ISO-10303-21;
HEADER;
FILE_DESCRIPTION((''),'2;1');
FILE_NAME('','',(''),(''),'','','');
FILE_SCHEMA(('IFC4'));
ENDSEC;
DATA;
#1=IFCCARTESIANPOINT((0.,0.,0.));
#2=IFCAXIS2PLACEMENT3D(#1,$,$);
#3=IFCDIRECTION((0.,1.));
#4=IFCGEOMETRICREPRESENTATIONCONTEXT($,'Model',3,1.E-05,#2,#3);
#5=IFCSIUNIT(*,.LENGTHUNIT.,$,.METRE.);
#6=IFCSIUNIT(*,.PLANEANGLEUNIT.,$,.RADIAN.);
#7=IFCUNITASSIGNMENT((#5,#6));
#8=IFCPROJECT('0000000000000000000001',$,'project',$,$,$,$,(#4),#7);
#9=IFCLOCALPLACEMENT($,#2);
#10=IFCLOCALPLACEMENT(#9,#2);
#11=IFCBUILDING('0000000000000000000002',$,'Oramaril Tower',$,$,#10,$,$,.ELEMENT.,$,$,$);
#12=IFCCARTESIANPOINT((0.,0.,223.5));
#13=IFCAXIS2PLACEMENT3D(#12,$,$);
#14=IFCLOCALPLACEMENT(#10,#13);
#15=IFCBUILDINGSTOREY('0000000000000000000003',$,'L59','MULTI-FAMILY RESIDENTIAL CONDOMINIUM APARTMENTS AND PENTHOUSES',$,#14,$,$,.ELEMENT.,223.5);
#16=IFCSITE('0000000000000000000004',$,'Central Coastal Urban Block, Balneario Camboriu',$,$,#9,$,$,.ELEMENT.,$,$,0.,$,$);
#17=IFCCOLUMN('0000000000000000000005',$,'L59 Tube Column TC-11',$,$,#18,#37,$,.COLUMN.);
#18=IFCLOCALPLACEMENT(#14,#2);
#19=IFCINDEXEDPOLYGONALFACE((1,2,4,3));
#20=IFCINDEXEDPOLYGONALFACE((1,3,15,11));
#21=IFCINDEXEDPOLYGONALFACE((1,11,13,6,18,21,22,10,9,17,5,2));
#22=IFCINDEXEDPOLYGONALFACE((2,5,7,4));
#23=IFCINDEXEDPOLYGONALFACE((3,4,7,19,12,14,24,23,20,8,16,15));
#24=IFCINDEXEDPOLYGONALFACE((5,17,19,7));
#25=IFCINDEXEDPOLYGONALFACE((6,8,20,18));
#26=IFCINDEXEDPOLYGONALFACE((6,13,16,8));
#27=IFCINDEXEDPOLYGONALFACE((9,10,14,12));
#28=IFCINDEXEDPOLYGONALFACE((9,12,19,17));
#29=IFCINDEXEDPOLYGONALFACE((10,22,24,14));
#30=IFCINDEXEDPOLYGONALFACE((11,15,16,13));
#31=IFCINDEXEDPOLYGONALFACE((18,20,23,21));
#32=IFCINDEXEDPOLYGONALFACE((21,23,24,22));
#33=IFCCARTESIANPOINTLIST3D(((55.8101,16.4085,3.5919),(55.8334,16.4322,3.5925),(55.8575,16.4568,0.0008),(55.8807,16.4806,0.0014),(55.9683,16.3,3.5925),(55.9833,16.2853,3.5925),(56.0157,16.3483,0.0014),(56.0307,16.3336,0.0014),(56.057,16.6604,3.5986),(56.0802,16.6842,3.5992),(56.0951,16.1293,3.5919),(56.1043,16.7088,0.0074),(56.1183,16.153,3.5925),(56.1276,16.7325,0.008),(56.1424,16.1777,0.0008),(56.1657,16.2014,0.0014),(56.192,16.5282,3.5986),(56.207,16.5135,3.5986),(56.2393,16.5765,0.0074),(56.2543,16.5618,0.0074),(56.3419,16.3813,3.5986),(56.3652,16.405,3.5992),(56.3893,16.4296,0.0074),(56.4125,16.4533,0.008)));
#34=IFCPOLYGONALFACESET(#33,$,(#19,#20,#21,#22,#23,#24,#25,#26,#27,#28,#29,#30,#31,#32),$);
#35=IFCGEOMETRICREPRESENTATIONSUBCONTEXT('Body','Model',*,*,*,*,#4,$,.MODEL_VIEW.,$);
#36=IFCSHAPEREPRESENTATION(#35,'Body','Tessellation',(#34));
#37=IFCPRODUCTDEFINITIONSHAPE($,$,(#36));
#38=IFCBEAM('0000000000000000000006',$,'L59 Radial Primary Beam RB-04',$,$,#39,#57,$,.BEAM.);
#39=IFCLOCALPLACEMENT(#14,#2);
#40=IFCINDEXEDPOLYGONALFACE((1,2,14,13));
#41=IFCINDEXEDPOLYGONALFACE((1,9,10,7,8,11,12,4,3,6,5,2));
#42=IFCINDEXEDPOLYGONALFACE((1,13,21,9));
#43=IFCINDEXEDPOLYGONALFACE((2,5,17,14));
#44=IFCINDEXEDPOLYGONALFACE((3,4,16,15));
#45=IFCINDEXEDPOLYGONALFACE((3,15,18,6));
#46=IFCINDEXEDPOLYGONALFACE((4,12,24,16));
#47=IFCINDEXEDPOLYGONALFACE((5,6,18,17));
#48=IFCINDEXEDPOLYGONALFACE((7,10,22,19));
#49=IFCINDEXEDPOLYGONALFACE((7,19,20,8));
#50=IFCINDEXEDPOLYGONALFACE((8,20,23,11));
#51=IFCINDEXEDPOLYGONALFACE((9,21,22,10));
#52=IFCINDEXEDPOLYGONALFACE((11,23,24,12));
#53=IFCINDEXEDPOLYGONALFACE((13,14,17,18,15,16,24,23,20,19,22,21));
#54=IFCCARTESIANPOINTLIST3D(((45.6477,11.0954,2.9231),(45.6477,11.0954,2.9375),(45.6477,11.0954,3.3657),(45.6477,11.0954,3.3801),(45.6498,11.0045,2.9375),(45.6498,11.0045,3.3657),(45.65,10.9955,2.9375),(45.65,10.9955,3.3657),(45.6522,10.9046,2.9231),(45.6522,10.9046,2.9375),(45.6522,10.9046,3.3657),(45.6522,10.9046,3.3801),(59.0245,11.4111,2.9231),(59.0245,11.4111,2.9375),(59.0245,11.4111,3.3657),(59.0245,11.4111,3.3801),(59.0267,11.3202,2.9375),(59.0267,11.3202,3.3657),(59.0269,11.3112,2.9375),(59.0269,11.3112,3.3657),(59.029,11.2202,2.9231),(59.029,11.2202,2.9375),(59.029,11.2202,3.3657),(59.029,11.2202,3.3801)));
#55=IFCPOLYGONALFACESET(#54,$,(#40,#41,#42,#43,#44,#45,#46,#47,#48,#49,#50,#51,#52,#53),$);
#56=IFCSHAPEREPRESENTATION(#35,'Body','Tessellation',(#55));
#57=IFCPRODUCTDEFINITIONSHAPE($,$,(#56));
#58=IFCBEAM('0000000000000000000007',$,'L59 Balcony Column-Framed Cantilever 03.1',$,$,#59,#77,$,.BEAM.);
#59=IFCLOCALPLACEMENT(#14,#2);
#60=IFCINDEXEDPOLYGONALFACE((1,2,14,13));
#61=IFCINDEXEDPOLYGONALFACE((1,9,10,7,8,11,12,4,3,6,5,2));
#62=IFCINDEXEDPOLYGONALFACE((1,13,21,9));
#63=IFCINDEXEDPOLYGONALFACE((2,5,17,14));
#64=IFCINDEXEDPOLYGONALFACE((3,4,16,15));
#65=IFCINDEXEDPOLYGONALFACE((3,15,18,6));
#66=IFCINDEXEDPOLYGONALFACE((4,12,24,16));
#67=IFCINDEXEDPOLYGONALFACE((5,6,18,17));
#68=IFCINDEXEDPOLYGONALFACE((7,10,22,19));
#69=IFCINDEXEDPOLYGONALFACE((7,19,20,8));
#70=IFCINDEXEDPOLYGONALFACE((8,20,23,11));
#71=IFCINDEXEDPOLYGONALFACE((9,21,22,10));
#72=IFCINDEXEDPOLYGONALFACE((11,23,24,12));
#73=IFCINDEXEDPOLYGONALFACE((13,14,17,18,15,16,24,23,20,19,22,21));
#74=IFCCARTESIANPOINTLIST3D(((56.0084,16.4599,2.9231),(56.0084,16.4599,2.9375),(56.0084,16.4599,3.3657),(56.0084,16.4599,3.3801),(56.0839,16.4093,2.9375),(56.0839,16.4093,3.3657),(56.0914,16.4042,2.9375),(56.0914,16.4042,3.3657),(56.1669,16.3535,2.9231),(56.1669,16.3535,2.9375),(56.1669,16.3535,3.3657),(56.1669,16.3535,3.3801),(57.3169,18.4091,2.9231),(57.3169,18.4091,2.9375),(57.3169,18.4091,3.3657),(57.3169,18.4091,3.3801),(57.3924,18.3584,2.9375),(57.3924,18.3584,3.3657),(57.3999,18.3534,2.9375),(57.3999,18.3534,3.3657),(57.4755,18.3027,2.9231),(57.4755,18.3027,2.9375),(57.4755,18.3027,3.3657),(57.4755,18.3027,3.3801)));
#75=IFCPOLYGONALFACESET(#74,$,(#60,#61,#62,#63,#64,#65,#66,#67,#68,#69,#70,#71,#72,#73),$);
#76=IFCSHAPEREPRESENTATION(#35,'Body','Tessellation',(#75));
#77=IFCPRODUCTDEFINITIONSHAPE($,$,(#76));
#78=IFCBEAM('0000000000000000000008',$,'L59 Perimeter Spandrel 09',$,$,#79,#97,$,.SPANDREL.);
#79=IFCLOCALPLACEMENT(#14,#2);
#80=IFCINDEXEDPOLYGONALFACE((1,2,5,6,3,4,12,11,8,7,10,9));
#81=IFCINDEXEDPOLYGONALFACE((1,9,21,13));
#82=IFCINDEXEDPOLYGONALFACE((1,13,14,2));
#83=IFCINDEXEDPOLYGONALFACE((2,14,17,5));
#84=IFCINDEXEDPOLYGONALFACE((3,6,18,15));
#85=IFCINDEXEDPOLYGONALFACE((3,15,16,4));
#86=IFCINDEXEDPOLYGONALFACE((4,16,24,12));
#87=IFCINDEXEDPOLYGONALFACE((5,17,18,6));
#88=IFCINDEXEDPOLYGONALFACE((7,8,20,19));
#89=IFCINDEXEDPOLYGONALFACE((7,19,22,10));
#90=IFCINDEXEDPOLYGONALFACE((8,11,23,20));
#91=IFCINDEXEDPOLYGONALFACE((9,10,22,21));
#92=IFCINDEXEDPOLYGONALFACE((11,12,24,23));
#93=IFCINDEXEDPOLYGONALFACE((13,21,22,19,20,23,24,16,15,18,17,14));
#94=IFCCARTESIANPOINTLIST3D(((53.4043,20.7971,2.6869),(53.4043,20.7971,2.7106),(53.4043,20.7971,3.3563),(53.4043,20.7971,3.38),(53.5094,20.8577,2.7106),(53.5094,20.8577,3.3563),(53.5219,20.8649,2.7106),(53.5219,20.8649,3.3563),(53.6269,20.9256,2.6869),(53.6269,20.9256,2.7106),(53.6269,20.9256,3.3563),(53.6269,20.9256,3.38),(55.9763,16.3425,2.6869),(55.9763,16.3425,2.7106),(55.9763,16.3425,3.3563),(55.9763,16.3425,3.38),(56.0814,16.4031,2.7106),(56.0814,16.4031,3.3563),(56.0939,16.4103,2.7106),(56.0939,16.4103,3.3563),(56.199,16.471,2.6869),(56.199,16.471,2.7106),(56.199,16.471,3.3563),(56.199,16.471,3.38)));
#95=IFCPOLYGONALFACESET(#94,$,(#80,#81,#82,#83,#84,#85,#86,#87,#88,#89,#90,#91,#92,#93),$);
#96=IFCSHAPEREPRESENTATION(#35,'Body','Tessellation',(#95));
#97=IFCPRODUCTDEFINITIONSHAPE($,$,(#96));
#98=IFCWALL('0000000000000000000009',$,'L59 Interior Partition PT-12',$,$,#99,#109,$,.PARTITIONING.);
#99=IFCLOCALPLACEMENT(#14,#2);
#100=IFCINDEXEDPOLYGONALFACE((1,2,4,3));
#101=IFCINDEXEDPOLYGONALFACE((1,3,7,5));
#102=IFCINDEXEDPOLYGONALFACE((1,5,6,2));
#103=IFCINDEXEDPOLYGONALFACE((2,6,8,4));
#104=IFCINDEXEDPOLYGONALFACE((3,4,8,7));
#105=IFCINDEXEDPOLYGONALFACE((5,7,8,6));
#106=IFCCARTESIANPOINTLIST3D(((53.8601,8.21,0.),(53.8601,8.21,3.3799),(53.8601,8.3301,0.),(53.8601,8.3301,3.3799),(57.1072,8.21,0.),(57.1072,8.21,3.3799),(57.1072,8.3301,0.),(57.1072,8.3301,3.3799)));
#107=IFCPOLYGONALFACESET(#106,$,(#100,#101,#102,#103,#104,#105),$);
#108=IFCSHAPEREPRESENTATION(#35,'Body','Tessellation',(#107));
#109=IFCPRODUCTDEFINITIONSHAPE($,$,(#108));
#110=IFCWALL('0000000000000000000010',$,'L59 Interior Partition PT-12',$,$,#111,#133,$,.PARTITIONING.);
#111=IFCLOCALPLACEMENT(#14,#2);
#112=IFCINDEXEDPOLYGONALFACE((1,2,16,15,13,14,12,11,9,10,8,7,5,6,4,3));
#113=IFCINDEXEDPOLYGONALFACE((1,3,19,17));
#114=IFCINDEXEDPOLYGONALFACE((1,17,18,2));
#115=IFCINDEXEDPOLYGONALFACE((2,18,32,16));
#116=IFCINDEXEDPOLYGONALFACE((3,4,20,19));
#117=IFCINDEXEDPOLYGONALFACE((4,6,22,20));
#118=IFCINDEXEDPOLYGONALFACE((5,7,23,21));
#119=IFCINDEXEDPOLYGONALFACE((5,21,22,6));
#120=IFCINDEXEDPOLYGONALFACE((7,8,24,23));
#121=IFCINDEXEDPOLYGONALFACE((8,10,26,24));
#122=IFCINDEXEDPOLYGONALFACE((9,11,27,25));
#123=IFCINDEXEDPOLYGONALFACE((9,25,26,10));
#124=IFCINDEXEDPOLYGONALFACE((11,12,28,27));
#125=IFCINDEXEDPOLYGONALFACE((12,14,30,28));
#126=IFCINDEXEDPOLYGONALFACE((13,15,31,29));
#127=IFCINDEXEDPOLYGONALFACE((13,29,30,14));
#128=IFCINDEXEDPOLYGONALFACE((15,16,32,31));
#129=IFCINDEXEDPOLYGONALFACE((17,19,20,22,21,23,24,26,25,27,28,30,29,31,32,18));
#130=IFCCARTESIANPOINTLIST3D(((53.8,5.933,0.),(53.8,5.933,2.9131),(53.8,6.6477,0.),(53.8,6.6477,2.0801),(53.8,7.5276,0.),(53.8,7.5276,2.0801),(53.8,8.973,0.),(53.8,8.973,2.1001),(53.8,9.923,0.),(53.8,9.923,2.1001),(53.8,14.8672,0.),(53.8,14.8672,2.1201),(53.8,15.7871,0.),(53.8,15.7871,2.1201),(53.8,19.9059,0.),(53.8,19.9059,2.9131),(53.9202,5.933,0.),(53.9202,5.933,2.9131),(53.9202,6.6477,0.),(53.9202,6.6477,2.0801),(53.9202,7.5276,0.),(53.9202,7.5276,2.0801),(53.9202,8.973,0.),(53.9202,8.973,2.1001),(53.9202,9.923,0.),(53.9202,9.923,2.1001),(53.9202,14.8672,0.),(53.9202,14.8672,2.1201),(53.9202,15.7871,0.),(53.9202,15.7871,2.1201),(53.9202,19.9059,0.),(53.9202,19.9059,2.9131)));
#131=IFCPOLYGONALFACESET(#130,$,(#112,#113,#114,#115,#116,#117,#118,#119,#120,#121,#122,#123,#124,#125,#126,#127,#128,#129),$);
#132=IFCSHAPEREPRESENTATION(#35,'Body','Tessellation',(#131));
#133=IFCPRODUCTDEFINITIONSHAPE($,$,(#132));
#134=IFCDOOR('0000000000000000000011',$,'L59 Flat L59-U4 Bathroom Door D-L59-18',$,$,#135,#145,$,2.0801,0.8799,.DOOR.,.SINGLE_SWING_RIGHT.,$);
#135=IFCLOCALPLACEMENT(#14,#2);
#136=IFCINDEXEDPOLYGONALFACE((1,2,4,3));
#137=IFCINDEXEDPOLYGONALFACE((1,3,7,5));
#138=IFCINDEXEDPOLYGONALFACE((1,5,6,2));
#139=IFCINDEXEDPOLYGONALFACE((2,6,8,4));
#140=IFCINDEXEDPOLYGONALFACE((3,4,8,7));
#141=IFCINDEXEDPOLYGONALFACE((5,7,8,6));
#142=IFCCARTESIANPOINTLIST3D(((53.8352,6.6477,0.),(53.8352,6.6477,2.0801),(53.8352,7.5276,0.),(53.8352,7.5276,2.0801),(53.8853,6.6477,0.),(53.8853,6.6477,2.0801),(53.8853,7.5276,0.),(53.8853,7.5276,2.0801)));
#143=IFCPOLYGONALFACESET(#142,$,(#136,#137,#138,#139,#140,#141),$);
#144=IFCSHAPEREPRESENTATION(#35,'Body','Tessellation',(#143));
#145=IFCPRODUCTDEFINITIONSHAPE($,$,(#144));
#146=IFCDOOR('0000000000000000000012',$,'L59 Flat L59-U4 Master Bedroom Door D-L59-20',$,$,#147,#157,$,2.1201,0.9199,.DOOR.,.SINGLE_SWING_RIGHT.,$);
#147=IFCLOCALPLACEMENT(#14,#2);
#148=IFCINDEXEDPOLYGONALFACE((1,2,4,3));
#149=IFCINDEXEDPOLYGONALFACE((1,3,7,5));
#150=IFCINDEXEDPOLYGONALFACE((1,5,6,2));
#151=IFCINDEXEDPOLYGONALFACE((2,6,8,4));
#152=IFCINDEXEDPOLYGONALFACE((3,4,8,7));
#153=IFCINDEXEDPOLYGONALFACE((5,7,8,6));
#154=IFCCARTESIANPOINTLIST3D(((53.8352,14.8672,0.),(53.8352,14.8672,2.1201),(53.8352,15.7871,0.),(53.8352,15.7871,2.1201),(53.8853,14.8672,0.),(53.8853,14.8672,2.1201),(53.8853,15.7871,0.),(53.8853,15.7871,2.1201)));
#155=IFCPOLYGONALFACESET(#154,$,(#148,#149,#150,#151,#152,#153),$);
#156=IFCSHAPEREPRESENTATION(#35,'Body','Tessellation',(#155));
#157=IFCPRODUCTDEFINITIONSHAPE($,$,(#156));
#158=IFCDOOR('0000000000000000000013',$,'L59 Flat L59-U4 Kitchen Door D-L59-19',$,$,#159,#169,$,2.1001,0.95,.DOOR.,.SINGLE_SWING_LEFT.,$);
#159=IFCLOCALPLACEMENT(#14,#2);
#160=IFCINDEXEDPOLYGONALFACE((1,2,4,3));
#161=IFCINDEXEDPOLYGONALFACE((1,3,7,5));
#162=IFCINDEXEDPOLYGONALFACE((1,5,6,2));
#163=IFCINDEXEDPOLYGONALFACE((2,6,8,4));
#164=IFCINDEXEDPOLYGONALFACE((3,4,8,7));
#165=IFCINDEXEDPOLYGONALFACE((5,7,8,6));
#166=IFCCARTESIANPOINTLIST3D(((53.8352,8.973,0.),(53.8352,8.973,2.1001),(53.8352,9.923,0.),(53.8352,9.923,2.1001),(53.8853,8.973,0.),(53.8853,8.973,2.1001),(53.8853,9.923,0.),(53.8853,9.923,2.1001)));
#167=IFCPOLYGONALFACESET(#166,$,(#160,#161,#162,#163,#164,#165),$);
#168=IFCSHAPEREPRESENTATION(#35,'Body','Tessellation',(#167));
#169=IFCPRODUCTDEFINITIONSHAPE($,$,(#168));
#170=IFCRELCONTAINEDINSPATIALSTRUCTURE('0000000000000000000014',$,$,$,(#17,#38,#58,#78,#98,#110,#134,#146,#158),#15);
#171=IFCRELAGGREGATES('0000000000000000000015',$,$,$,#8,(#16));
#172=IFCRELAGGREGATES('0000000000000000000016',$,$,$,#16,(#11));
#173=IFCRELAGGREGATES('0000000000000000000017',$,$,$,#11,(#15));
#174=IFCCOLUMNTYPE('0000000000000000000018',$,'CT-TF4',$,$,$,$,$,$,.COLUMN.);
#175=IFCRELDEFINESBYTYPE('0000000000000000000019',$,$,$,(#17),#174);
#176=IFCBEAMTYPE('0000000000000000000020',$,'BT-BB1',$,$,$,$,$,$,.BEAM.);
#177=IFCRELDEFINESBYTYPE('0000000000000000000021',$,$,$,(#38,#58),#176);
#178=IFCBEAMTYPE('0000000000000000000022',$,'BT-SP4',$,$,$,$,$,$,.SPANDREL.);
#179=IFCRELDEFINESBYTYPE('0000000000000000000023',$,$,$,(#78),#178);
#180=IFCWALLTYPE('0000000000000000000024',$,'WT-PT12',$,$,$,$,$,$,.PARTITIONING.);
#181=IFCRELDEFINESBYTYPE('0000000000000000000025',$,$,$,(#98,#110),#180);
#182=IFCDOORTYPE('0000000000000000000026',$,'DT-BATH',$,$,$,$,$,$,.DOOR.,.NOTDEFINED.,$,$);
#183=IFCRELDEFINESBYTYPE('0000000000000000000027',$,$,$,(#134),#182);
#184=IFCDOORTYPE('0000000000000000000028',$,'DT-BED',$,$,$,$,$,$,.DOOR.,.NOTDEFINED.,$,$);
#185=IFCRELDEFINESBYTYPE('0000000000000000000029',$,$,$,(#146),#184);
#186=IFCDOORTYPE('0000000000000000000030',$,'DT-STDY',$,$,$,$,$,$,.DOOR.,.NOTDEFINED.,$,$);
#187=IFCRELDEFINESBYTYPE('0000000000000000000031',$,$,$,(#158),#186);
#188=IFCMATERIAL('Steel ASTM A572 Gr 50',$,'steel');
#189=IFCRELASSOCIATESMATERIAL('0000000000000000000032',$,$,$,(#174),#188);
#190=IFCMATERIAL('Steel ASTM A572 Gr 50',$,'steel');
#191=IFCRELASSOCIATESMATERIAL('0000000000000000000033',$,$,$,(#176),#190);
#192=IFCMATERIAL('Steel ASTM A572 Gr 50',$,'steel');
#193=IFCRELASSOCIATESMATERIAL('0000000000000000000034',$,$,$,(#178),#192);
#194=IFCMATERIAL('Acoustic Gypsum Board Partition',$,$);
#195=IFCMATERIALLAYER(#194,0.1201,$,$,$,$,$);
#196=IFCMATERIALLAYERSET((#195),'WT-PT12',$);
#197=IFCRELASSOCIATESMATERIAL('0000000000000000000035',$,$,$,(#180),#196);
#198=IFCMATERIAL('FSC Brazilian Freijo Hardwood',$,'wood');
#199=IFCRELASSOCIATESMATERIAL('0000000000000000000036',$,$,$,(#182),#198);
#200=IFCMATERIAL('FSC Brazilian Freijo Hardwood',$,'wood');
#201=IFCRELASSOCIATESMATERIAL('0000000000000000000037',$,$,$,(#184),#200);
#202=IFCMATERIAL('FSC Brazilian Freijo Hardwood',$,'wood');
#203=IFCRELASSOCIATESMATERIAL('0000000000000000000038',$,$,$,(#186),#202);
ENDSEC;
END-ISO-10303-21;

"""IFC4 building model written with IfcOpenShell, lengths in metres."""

from ifc_helpers import new_model, si_unit, direction, frame, frame_2d, origin, origin_2d, place, context, subcontext, project, spatial, rectangle, i_section, extrude, material, layer, layer_set, material_profile, profile_set, type_object, element, fill, save


model = new_model("IFC4")

# Units and contexts
model_context = context("Model", 3, precision=1e-05, world=origin(), true_north=direction((0.0, 1.0)))
body_context = subcontext(model_context, "Body", "Model", "MODEL_VIEW")
ifc_project = project(units=[si_unit("LENGTHUNIT", "METRE"), si_unit("PLANEANGLEUNIT", "RADIAN")], contexts=[model_context])

# Site, building, storey
site_placement = place(None, origin())
site = spatial("IfcSite", under=ifc_project, at=site_placement, Name="Central Coastal Urban Block, Balneario Camboriu", CompositionType="ELEMENT", RefElevation=0.0)
building_placement = place(site_placement, origin())
building = spatial("IfcBuilding", under=site, at=building_placement, Name="Oramaril Tower", CompositionType="ELEMENT")
storey_placement = place(building_placement, frame((0.0, 0.0, 223.5)))
storey = spatial("IfcBuildingStorey", under=building, at=storey_placement, Name="L59", Description="MULTI-FAMILY RESIDENTIAL CONDOMINIUM APARTMENTS AND PENTHOUSES", CompositionType="ELEMENT", Elevation=223.5)

# Column
ifc_material_1 = material(Name="Steel ASTM A572 Gr 50", Category="steel")
ifc_material_profile_1 = material_profile(ifc_material_1, i_section(OverallWidth=0.3989, OverallDepth=0.386, WebThickness=0.021, FlangeThickness=0.0332, at=origin_2d()), Name="W14X176")
ifc_profile_set_1 = profile_set([ifc_material_profile_1], Name="Steel ASTM A572 Gr 50")
column_type = type_object("IfcColumnType", Name="CT-TF4", PredefinedType="COLUMN", material=ifc_profile_set_1)
column_placement = place(storey_placement, frame((56.135, 16.4551, 0.0044), z_axis=(-0.013187, -0.013459, 0.999822), x_axis=(0.714285, -0.699855, 0.0)))
element("IfcColumn", 1, at=column_placement, inside=storey, type_object=column_type, Name="L59 Tube Column TC-11", PredefinedType="COLUMN", context=body_context, shape_type="SweptSolid", body=[
    extrude(i_section(OverallWidth=0.3989, OverallDepth=0.386, WebThickness=0.021, FlangeThickness=0.0332, at=origin_2d()), origin(), (0.0, 0.0, 1.0), 3.5918),
])

# Beams
ifc_material_2 = material(Name="Steel ASTM A572 Gr 50", Category="steel")
ifc_material_profile_2 = material_profile(ifc_material_2, i_section(OverallWidth=0.1909, OverallDepth=0.457, WebThickness=0.009, FlangeThickness=0.0144, at=origin_2d()), Name="W18X50")
ifc_profile_set_2 = profile_set([ifc_material_profile_2], Name="Steel ASTM A572 Gr 50")
beam_type_1 = type_object("IfcBeamType", Name="BT-BB1", PredefinedType="BEAM", material=ifc_profile_set_2)
beam_1_placement = place(storey_placement, frame((45.6499, 11.0, 3.1516), z_axis=(0.999722, 0.023592, 0.0), x_axis=(-0.023592, 0.999722, 0.0)))
element("IfcBeam", 2, at=beam_1_placement, inside=storey, type_object=beam_type_1, Name="L59 Radial Primary Beam RB-04", PredefinedType="BEAM", context=body_context, shape_type="SweptSolid", body=[
    extrude(i_section(OverallWidth=0.1909, OverallDepth=0.457, WebThickness=0.009, FlangeThickness=0.0144, at=origin_2d()), origin(), (0.0, 0.0, 1.0), 13.3806),
])
beam_2_placement = place(storey_placement, frame((56.0876, 16.4067, 3.1516), z_axis=(0.557385, 0.830254, 0.0), x_axis=(-0.830254, 0.557385, 0.0)))
element("IfcBeam", 3, at=beam_2_placement, inside=storey, type_object=beam_type_1, Name="L59 Balcony Column-Framed Cantilever 03.1", PredefinedType="BEAM", context=body_context, shape_type="SweptSolid", body=[
    extrude(i_section(OverallWidth=0.1909, OverallDepth=0.457, WebThickness=0.009, FlangeThickness=0.0144, at=origin_2d()), origin(), (0.0, 0.0, 1.0), 2.3477),
])
ifc_material_3 = material(Name="Steel ASTM A572 Gr 50", Category="steel")
ifc_material_profile_3 = material_profile(ifc_material_3, i_section(OverallWidth=0.2571, OverallDepth=0.6931, WebThickness=0.0144, FlangeThickness=0.0237, at=origin_2d()), Name="W27X114")
ifc_profile_set_3 = profile_set([ifc_material_profile_3], Name="Steel ASTM A572 Gr 50")
beam_type_2 = type_object("IfcBeamType", Name="BT-SP4", PredefinedType="SPANDREL", material=ifc_profile_set_3)
beam_3_placement = place(storey_placement, frame((56.0876, 16.4067, 3.0334), z_axis=(-0.500024, 0.866012, 0.0), x_axis=(-0.866012, -0.500024, 0.0)))
element("IfcBeam", 4, at=beam_3_placement, inside=storey, type_object=beam_type_2, Name="L59 Perimeter Spandrel 09", PredefinedType="SPANDREL", context=body_context, shape_type="SweptSolid", body=[
    extrude(i_section(OverallWidth=0.2571, OverallDepth=0.6931, WebThickness=0.0144, FlangeThickness=0.0237, at=origin_2d()), origin(), (0.0, 0.0, 1.0), 5.1438),
])

# Wall
ifc_material_4 = material(Name="Acoustic Gypsum Board Partition")
ifc_layer_1 = layer(ifc_material_4, 0.1201)
ifc_layer_set_1 = layer_set([ifc_layer_1], Name="WT-PT12")
wall_type_1 = type_object("IfcWallType", Name="WT-PT12", PredefinedType="PARTITIONING", material=ifc_layer_set_1)
wall_1_placement = place(storey_placement, frame((53.8601, 8.27, 0.0), z_axis=(0.0, 0.0, 1.0), x_axis=(1.0, 0.0, 0.0)))
element("IfcWall", 5, at=wall_1_placement, inside=storey, type_object=wall_type_1, Name="L59 Interior Partition PT-12", PredefinedType="PARTITIONING", context=body_context, shape_type="SweptSolid", body=[
    extrude(rectangle(XDim=3.2471, YDim=0.1201, at=frame_2d((1.6235, 0.0))), origin(), (0.0, 0.0, 1.0), 3.3799),
])

# Wall, openings, doors
wall_2_placement = place(storey_placement, frame((53.8601, 5.9331, 0.0), z_axis=(0.0, 0.0, 1.0), x_axis=(0.0, 1.0, 0.0)))
wall_2 = element("IfcWall", 6, at=wall_2_placement, inside=storey, type_object=wall_type_1, Name="L59 Interior Partition PT-12", PredefinedType="PARTITIONING", context=body_context, shape_type="SweptSolid", body=[
    extrude(rectangle(XDim=13.9729, YDim=0.1201, at=frame_2d((6.9863, 0.0))), origin(), (0.0, 0.0, 1.0), 2.9131),
])
opening_1_placement = place(wall_2_placement, frame((0.7146, 0.0, 0.0)))
opening_1 = element("IfcOpeningElement", 7, at=opening_1_placement, cuts=wall_2, PredefinedType="OPENING", context=body_context, shape_type="SweptSolid", body=[
    extrude(rectangle(XDim=0.8799, YDim=2.0801, at=frame_2d((0.4399, 1.04))), frame((0.0, 0.0601, 0.0), z_axis=(0.0, -1.0, 0.0), x_axis=(1.0, 0.0, 0.0)), (0.0, 0.0, 1.0), 0.1201),
])
opening_2_placement = place(wall_2_placement, frame((3.0398, 0.0, 0.0)))
opening_2 = element("IfcOpeningElement", 8, at=opening_2_placement, cuts=wall_2, PredefinedType="OPENING", context=body_context, shape_type="SweptSolid", body=[
    extrude(rectangle(XDim=0.95, YDim=2.1001, at=frame_2d((0.4751, 1.05))), frame((0.0, 0.0601, 0.0), z_axis=(0.0, -1.0, 0.0), x_axis=(1.0, 0.0, 0.0)), (0.0, 0.0, 1.0), 0.1201),
])
opening_3_placement = place(wall_2_placement, frame((8.9341, 0.0, 0.0)))
opening_3 = element("IfcOpeningElement", 9, at=opening_3_placement, cuts=wall_2, PredefinedType="OPENING", context=body_context, shape_type="SweptSolid", body=[
    extrude(rectangle(XDim=0.9199, YDim=2.1201, at=frame_2d((0.46, 1.0601))), frame((0.0, 0.0601, 0.0), z_axis=(0.0, -1.0, 0.0), x_axis=(1.0, 0.0, 0.0)), (0.0, 0.0, 1.0), 0.1201),
])
ifc_material_5 = material(Name="FSC Brazilian Freijo Hardwood", Category="wood")
door_type_1 = type_object("IfcDoorType", Name="DT-BATH", OperationType="NOTDEFINED", PredefinedType="DOOR", material=ifc_material_5)
door_1_placement = place(opening_1_placement, origin())
door_1 = element("IfcDoor", 10, at=door_1_placement, inside=storey, type_object=door_type_1, Name="L59 Flat L59-U4 Bathroom Door D-L59-18", OperationType="SINGLE_SWING_RIGHT", OverallHeight=2.0801, OverallWidth=0.8799, PredefinedType="DOOR", context=body_context, shape_type="SweptSolid", body=[
    extrude(rectangle(XDim=0.8799, YDim=2.0801, at=frame_2d((0.4399, 1.04))), frame((0.0, 0.0249, 0.0), z_axis=(0.0, -1.0, 0.0), x_axis=(1.0, 0.0, 0.0)), (0.0, 0.0, 1.0), 0.05),
])
fill(opening_1, door_1)
ifc_material_6 = material(Name="FSC Brazilian Freijo Hardwood", Category="wood")
door_type_2 = type_object("IfcDoorType", Name="DT-BED", OperationType="NOTDEFINED", PredefinedType="DOOR", material=ifc_material_6)
door_2_placement = place(opening_3_placement, origin())
door_2 = element("IfcDoor", 11, at=door_2_placement, inside=storey, type_object=door_type_2, Name="L59 Flat L59-U4 Master Bedroom Door D-L59-20", OperationType="SINGLE_SWING_RIGHT", OverallHeight=2.1201, OverallWidth=0.9199, PredefinedType="DOOR", context=body_context, shape_type="SweptSolid", body=[
    extrude(rectangle(XDim=0.9199, YDim=2.1201, at=frame_2d((0.46, 1.0601))), frame((0.0, 0.0249, 0.0), z_axis=(0.0, -1.0, 0.0), x_axis=(1.0, 0.0, 0.0)), (0.0, 0.0, 1.0), 0.05),
])
fill(opening_3, door_2)
ifc_material_7 = material(Name="FSC Brazilian Freijo Hardwood", Category="wood")
door_type_3 = type_object("IfcDoorType", Name="DT-STDY", OperationType="NOTDEFINED", PredefinedType="DOOR", material=ifc_material_7)
door_3_placement = place(opening_2_placement, origin())
door_3 = element("IfcDoor", 12, at=door_3_placement, inside=storey, type_object=door_type_3, Name="L59 Flat L59-U4 Kitchen Door D-L59-19", OperationType="SINGLE_SWING_LEFT", OverallHeight=2.1001, OverallWidth=0.95, PredefinedType="DOOR", context=body_context, shape_type="SweptSolid", body=[
    extrude(rectangle(XDim=0.95, YDim=2.1001, at=frame_2d((0.4751, 1.05))), frame((0.0, 0.0249, 0.0), z_axis=(0.0, -1.0, 0.0), x_axis=(1.0, 0.0, 0.0)), (0.0, 0.0, 1.0), 0.05),
])
fill(opening_2, door_3)

save(model, "model.ifc")
